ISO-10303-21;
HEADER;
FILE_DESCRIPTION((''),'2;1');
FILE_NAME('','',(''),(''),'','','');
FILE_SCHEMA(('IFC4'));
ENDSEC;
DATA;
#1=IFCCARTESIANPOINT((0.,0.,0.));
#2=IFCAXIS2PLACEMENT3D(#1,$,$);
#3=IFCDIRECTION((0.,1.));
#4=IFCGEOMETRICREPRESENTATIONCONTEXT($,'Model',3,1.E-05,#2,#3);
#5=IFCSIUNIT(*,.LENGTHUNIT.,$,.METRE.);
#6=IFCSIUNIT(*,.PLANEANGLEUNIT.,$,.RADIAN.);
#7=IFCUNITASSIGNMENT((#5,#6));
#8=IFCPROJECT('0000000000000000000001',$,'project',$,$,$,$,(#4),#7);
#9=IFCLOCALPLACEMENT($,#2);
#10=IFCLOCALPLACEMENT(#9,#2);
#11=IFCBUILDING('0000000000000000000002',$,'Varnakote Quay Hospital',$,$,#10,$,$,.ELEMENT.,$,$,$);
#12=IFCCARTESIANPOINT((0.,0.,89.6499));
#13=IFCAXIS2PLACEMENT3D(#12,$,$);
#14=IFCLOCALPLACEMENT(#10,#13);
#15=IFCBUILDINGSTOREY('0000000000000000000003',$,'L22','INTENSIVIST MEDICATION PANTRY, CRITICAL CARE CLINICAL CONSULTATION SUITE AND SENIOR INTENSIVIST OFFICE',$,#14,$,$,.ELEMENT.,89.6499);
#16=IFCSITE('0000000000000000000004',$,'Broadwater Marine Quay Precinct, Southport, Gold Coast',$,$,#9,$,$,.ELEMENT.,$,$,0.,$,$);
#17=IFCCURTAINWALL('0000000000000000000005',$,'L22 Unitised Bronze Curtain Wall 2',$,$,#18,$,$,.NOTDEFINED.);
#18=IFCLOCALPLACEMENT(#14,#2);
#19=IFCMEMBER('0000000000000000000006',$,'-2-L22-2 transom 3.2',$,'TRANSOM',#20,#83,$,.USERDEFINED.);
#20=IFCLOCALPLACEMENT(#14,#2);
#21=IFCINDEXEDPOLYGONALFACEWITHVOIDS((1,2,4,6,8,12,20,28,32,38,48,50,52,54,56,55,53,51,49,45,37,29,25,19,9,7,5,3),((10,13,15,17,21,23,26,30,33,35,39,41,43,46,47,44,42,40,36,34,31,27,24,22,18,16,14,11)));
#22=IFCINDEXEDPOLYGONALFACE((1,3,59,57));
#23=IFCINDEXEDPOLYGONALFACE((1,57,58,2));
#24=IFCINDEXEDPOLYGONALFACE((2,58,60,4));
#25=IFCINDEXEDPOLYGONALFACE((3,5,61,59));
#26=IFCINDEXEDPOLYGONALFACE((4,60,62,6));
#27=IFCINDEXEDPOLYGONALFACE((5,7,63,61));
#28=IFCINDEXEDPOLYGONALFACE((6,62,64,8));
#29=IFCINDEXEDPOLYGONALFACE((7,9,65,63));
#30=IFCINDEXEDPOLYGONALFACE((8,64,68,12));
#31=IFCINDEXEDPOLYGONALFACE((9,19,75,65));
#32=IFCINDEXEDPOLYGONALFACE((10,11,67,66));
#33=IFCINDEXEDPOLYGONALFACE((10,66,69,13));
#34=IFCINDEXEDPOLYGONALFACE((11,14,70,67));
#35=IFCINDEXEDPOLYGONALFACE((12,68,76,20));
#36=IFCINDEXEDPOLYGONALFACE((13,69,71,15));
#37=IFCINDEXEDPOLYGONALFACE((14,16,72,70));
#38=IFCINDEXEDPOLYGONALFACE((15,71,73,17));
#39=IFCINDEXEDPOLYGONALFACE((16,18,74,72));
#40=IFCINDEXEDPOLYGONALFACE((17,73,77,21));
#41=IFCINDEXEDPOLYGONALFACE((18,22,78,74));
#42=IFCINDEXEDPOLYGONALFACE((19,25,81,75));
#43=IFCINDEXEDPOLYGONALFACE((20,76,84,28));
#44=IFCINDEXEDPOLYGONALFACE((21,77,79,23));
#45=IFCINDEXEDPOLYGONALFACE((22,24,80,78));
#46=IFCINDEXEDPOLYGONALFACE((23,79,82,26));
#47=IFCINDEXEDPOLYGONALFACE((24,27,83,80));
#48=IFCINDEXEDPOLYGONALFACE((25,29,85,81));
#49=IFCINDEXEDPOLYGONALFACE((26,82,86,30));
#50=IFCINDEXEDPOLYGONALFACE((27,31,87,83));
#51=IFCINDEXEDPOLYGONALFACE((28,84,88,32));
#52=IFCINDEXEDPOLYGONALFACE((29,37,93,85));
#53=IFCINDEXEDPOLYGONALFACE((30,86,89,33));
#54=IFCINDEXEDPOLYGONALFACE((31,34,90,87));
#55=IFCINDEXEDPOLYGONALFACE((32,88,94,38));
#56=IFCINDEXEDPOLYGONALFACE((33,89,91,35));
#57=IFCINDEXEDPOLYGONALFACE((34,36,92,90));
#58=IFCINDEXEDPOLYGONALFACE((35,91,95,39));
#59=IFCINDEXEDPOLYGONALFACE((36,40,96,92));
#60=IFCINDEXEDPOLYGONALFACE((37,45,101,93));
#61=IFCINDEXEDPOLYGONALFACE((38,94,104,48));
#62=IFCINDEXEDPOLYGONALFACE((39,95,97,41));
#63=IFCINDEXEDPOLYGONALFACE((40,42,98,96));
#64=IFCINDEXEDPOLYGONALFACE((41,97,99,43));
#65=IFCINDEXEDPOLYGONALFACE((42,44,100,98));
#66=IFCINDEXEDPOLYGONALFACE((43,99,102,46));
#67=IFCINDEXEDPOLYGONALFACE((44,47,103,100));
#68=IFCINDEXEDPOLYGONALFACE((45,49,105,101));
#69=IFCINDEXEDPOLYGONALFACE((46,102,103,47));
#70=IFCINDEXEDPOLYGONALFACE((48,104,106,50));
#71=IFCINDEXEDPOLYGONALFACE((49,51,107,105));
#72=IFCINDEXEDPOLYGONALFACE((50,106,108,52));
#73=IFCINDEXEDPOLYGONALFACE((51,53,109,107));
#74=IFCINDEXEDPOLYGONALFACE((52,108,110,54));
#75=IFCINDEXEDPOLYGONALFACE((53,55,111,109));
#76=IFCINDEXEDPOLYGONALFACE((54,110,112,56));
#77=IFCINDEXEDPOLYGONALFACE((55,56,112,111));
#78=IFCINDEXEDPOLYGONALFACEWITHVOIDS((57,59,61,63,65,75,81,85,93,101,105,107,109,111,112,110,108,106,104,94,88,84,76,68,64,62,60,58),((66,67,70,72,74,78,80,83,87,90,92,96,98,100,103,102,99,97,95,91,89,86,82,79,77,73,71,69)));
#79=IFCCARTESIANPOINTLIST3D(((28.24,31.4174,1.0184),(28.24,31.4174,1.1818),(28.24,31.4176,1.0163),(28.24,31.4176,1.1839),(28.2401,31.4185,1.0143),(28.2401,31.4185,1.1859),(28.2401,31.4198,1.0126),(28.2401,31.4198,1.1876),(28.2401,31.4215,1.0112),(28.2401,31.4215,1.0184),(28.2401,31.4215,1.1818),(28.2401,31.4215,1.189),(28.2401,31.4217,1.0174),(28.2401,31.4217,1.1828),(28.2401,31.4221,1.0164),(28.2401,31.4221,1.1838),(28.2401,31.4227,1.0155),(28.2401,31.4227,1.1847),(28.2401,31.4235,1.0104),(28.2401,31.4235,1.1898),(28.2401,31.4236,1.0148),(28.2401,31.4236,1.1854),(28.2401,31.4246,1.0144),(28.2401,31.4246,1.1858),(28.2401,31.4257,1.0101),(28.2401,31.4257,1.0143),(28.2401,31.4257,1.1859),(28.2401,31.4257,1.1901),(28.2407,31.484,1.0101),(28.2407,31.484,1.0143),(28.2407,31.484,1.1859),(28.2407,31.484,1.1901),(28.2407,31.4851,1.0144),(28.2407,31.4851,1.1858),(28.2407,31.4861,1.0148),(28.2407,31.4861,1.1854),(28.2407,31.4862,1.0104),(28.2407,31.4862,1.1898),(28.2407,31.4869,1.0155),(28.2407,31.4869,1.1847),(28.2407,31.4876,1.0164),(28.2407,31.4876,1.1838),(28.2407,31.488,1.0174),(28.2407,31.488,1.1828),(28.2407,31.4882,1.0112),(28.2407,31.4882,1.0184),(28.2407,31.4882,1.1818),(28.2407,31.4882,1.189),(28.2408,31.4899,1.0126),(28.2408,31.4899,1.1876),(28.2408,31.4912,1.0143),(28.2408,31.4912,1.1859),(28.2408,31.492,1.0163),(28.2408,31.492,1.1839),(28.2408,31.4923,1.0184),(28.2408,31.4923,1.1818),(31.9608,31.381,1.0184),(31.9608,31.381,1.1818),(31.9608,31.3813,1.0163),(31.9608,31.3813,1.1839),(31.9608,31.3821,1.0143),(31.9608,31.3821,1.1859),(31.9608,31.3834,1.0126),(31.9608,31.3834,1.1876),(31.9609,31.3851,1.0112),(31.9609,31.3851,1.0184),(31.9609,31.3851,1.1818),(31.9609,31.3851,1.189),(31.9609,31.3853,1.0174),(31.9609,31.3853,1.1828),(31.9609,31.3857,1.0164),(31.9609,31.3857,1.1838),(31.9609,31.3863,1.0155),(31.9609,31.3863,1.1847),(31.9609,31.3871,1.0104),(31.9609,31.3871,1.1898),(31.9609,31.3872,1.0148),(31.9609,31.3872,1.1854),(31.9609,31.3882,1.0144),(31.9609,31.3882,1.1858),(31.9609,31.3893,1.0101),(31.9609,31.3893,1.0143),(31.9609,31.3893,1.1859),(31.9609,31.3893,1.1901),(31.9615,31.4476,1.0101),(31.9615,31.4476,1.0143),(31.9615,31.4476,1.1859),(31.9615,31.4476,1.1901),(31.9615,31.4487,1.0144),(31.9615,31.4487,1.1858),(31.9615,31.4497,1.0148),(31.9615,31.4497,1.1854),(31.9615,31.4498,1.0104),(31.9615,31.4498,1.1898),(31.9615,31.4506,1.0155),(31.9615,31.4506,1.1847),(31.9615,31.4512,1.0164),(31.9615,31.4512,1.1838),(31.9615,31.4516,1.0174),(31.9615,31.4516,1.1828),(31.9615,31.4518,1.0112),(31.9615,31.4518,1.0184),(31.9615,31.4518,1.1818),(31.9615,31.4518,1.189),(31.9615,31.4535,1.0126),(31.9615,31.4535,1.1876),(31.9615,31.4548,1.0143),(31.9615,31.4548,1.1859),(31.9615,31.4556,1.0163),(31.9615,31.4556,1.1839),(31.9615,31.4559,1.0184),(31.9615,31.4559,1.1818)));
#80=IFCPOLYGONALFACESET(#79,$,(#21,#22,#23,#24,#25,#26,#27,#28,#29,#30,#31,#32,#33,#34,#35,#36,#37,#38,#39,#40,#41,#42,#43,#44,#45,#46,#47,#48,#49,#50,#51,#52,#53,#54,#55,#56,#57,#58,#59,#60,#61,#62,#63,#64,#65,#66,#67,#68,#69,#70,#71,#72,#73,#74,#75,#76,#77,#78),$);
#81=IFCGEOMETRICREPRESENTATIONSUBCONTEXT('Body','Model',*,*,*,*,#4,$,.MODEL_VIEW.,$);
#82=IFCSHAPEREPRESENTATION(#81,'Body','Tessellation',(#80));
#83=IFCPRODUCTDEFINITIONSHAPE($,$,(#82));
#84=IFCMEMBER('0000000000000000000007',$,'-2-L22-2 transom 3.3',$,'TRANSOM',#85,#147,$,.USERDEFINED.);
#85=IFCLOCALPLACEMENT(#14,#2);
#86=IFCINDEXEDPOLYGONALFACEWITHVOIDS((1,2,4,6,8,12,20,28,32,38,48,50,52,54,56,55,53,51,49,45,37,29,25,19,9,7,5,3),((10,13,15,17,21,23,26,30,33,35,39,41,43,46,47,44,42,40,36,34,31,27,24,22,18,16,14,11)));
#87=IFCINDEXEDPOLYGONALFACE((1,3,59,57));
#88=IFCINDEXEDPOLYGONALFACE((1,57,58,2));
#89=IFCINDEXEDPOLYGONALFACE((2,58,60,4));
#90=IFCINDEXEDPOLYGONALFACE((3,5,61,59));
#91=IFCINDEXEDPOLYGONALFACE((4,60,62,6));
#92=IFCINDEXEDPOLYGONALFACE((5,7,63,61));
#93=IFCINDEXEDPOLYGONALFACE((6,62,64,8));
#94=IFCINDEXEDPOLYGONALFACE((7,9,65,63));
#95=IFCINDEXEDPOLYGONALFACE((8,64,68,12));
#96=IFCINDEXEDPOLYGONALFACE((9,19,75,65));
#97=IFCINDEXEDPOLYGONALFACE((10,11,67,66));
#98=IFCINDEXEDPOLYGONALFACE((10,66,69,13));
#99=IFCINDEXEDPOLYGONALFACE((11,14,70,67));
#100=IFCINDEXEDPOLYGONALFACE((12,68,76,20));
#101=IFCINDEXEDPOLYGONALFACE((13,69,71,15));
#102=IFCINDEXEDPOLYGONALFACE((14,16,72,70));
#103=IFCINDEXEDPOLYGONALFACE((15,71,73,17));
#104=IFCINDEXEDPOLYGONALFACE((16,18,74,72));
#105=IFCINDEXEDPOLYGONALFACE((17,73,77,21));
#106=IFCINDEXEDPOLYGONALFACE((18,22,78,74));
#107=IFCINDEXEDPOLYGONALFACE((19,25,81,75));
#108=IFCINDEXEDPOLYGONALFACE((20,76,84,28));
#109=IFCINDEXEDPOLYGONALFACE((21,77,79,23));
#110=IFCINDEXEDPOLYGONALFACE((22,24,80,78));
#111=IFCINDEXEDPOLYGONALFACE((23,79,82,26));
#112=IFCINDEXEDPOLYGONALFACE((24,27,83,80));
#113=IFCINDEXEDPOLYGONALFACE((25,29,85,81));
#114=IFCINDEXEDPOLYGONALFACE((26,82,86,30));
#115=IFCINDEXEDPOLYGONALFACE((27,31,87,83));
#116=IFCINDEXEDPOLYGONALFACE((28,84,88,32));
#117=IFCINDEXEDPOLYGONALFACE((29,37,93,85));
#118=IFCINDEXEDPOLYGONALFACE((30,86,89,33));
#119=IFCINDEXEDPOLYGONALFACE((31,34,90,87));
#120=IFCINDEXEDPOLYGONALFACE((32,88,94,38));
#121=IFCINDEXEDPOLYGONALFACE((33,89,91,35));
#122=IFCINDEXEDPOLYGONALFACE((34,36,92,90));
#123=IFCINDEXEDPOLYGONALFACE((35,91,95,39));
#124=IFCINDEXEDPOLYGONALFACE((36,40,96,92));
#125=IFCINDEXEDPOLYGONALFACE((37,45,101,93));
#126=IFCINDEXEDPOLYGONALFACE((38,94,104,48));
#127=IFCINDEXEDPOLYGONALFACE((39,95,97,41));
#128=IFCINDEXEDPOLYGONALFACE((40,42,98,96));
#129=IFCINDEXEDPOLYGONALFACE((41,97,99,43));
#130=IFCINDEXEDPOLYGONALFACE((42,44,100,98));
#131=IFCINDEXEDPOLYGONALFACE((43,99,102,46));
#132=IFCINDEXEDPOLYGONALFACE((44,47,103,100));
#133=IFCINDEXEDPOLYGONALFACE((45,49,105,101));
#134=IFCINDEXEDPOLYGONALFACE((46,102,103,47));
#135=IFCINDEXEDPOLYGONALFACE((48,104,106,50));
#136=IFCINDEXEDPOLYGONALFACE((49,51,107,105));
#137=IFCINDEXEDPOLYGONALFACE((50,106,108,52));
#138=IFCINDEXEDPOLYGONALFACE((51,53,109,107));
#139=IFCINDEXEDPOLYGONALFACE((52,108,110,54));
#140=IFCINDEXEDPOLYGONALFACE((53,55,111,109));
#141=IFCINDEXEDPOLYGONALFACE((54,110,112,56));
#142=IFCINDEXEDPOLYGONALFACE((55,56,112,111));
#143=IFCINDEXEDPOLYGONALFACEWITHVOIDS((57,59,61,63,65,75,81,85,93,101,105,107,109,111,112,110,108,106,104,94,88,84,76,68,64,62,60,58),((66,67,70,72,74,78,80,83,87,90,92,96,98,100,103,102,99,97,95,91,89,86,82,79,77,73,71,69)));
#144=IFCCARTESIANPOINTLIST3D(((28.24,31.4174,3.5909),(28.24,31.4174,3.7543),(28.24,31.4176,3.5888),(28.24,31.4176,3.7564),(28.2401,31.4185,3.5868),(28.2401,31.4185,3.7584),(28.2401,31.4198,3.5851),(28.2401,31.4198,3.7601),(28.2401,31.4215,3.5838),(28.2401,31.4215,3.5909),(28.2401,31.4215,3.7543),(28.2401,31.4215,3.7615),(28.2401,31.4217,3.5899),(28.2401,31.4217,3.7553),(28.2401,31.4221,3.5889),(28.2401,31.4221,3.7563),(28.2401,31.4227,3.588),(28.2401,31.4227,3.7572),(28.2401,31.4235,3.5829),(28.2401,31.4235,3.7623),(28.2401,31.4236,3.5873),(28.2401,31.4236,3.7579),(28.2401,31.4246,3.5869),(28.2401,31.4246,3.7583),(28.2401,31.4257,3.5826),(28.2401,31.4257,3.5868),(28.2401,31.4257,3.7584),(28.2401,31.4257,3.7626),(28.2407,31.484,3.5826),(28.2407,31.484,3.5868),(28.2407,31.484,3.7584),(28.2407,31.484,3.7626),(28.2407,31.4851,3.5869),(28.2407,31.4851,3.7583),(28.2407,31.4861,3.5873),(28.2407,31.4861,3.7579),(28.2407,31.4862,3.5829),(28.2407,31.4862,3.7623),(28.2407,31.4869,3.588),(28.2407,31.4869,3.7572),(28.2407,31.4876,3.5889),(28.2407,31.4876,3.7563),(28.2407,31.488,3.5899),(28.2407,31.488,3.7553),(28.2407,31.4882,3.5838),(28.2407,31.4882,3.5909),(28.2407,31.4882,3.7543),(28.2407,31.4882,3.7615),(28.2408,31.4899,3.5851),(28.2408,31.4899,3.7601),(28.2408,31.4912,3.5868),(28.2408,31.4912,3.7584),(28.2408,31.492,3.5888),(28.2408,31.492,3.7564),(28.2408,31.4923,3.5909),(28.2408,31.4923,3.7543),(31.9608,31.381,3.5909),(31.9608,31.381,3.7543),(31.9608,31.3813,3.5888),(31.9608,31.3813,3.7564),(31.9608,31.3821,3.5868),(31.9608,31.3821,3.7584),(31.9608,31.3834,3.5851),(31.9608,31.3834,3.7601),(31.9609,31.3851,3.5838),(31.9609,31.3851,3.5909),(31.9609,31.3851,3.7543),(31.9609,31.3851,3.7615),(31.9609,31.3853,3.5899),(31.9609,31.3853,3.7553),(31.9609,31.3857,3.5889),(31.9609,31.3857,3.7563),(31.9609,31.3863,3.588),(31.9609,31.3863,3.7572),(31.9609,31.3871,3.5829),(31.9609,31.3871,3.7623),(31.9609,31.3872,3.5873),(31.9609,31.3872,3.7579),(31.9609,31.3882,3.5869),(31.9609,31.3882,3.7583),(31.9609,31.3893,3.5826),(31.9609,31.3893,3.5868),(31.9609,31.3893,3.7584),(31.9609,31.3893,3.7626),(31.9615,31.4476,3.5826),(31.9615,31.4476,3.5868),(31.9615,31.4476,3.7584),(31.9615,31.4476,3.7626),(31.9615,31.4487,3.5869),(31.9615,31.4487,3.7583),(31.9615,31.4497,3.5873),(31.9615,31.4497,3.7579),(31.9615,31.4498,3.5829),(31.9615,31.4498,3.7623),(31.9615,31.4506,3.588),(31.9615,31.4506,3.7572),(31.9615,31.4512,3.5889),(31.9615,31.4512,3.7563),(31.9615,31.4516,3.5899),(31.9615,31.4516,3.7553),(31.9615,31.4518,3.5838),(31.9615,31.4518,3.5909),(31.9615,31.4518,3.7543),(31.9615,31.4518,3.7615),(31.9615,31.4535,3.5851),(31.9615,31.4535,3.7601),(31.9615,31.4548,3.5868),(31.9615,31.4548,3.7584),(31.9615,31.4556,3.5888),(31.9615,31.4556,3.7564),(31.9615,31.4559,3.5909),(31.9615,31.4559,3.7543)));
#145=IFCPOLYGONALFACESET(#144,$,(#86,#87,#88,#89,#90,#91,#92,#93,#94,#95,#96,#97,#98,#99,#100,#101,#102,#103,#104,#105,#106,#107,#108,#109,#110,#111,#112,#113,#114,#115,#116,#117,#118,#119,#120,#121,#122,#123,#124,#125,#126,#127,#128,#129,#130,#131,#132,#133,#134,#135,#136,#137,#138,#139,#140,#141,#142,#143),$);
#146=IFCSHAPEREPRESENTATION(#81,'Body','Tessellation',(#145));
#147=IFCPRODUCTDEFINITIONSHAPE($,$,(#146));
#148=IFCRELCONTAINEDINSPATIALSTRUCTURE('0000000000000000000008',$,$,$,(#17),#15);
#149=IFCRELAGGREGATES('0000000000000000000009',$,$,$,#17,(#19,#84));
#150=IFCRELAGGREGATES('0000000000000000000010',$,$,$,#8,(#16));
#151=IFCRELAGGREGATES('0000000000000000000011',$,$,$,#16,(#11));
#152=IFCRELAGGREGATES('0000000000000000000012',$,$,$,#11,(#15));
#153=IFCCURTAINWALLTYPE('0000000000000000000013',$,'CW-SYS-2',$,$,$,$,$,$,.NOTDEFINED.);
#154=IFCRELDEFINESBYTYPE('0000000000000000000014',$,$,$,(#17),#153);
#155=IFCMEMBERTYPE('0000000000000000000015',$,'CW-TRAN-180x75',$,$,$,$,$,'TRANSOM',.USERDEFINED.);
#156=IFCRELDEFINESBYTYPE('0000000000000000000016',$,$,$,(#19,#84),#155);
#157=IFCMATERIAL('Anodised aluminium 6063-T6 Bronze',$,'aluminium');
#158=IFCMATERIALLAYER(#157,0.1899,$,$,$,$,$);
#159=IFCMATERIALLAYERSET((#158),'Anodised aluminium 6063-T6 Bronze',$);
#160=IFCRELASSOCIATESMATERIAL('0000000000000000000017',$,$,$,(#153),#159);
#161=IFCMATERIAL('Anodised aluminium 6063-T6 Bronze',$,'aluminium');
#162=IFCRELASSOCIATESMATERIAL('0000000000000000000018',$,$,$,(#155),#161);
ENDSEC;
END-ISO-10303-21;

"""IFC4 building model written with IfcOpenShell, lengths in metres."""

from ifc_helpers import new_model, si_unit, direction, frame, origin, origin_2d, place, context, subcontext, project, spatial, hollow_rectangle, extrude, material, layer, layer_set, material_profile, profile_set, type_object, element, aggregate, save


model = new_model("IFC4")

# Units and contexts
model_context = context("Model", 3, precision=1e-05, world=origin(), true_north=direction((0.0, 1.0)))
body_context = subcontext(model_context, "Body", "Model", "MODEL_VIEW")
ifc_project = project(units=[si_unit("LENGTHUNIT", "METRE"), si_unit("PLANEANGLEUNIT", "RADIAN")], contexts=[model_context])

# Site, building, storey
site_placement = place(None, origin())
site = spatial("IfcSite", under=ifc_project, at=site_placement, Name="Broadwater Marine Quay Precinct, Southport, Gold Coast", CompositionType="ELEMENT", RefElevation=0.0)
building_placement = place(site_placement, origin())
building = spatial("IfcBuilding", under=site, at=building_placement, Name="Varnakote Quay Hospital", CompositionType="ELEMENT")
storey_placement = place(building_placement, frame((0.0, 0.0, 89.6499)))
storey = spatial("IfcBuildingStorey", under=building, at=storey_placement, Name="L22", Description="INTENSIVIST MEDICATION PANTRY, CRITICAL CARE CLINICAL CONSULTATION SUITE AND SENIOR INTENSIVIST OFFICE", CompositionType="ELEMENT", Elevation=89.6499)

# Curtain wall, members
ifc_material_1 = material(Name="Anodised aluminium 6063-T6 Bronze", Category="aluminium")
ifc_layer_1 = layer(ifc_material_1, 0.1899)
ifc_layer_set_1 = layer_set([ifc_layer_1], Name="Anodised aluminium 6063-T6 Bronze")
curtain_wall_type = type_object("IfcCurtainWallType", Name="CW-SYS-2", PredefinedType="NOTDEFINED", material=ifc_layer_set_1)
curtain_wall_placement = place(storey_placement, origin())
curtain_wall = element("IfcCurtainWall", 1, at=curtain_wall_placement, inside=storey, type_object=curtain_wall_type, Name="L22 Unitised Bronze Curtain Wall 2", PredefinedType="NOTDEFINED")
ifc_material_2 = material(Name="Anodised aluminium 6063-T6 Bronze", Category="aluminium")
ifc_material_profile_1 = material_profile(ifc_material_2, hollow_rectangle(XDim=0.075, YDim=0.1799, WallThickness=0.0042, InnerFilletRadius=0.0042, OuterFilletRadius=0.0083, at=origin_2d()), Name="CW-TRAN-180x75")
ifc_profile_set_1 = profile_set([ifc_material_profile_1], Name="Anodised aluminium 6063-T6 Bronze")
member_type_1 = type_object("IfcMemberType", Name="CW-TRAN-180x75", ElementType="TRANSOM", PredefinedType="USERDEFINED", material=ifc_profile_set_1)
member_1_placement = place(storey_placement, frame((31.9612, 31.4185, 1.1001), z_axis=(-0.999952, 0.009776, 0.0), x_axis=(-0.009776, -0.999952, 0.0)))
member_1 = element("IfcMember", 2, at=member_1_placement, type_object=member_type_1, Name="-2-L22-2 transom 3.2", ObjectType="TRANSOM", PredefinedType="USERDEFINED", context=body_context, shape_type="SweptSolid", body=[
    extrude(hollow_rectangle(XDim=0.075, YDim=0.1799, WallThickness=0.0042, InnerFilletRadius=0.0042, OuterFilletRadius=0.0083, at=origin_2d()), origin(), (0.0, 0.0, 1.0), 3.7209),
])
member_2_placement = place(storey_placement, frame((31.9612, 31.4185, 3.6726), z_axis=(-0.999952, 0.009776, 0.0), x_axis=(-0.009776, -0.999952, 0.0)))
member_2 = element("IfcMember", 3, at=member_2_placement, type_object=member_type_1, Name="-2-L22-2 transom 3.3", ObjectType="TRANSOM", PredefinedType="USERDEFINED", context=body_context, shape_type="SweptSolid", body=[
    extrude(hollow_rectangle(XDim=0.075, YDim=0.1799, WallThickness=0.0042, InnerFilletRadius=0.0042, OuterFilletRadius=0.0083, at=origin_2d()), origin(), (0.0, 0.0, 1.0), 3.7209),
])

aggregate(curtain_wall, [member_1, member_2])

save(model, "model.ifc")
